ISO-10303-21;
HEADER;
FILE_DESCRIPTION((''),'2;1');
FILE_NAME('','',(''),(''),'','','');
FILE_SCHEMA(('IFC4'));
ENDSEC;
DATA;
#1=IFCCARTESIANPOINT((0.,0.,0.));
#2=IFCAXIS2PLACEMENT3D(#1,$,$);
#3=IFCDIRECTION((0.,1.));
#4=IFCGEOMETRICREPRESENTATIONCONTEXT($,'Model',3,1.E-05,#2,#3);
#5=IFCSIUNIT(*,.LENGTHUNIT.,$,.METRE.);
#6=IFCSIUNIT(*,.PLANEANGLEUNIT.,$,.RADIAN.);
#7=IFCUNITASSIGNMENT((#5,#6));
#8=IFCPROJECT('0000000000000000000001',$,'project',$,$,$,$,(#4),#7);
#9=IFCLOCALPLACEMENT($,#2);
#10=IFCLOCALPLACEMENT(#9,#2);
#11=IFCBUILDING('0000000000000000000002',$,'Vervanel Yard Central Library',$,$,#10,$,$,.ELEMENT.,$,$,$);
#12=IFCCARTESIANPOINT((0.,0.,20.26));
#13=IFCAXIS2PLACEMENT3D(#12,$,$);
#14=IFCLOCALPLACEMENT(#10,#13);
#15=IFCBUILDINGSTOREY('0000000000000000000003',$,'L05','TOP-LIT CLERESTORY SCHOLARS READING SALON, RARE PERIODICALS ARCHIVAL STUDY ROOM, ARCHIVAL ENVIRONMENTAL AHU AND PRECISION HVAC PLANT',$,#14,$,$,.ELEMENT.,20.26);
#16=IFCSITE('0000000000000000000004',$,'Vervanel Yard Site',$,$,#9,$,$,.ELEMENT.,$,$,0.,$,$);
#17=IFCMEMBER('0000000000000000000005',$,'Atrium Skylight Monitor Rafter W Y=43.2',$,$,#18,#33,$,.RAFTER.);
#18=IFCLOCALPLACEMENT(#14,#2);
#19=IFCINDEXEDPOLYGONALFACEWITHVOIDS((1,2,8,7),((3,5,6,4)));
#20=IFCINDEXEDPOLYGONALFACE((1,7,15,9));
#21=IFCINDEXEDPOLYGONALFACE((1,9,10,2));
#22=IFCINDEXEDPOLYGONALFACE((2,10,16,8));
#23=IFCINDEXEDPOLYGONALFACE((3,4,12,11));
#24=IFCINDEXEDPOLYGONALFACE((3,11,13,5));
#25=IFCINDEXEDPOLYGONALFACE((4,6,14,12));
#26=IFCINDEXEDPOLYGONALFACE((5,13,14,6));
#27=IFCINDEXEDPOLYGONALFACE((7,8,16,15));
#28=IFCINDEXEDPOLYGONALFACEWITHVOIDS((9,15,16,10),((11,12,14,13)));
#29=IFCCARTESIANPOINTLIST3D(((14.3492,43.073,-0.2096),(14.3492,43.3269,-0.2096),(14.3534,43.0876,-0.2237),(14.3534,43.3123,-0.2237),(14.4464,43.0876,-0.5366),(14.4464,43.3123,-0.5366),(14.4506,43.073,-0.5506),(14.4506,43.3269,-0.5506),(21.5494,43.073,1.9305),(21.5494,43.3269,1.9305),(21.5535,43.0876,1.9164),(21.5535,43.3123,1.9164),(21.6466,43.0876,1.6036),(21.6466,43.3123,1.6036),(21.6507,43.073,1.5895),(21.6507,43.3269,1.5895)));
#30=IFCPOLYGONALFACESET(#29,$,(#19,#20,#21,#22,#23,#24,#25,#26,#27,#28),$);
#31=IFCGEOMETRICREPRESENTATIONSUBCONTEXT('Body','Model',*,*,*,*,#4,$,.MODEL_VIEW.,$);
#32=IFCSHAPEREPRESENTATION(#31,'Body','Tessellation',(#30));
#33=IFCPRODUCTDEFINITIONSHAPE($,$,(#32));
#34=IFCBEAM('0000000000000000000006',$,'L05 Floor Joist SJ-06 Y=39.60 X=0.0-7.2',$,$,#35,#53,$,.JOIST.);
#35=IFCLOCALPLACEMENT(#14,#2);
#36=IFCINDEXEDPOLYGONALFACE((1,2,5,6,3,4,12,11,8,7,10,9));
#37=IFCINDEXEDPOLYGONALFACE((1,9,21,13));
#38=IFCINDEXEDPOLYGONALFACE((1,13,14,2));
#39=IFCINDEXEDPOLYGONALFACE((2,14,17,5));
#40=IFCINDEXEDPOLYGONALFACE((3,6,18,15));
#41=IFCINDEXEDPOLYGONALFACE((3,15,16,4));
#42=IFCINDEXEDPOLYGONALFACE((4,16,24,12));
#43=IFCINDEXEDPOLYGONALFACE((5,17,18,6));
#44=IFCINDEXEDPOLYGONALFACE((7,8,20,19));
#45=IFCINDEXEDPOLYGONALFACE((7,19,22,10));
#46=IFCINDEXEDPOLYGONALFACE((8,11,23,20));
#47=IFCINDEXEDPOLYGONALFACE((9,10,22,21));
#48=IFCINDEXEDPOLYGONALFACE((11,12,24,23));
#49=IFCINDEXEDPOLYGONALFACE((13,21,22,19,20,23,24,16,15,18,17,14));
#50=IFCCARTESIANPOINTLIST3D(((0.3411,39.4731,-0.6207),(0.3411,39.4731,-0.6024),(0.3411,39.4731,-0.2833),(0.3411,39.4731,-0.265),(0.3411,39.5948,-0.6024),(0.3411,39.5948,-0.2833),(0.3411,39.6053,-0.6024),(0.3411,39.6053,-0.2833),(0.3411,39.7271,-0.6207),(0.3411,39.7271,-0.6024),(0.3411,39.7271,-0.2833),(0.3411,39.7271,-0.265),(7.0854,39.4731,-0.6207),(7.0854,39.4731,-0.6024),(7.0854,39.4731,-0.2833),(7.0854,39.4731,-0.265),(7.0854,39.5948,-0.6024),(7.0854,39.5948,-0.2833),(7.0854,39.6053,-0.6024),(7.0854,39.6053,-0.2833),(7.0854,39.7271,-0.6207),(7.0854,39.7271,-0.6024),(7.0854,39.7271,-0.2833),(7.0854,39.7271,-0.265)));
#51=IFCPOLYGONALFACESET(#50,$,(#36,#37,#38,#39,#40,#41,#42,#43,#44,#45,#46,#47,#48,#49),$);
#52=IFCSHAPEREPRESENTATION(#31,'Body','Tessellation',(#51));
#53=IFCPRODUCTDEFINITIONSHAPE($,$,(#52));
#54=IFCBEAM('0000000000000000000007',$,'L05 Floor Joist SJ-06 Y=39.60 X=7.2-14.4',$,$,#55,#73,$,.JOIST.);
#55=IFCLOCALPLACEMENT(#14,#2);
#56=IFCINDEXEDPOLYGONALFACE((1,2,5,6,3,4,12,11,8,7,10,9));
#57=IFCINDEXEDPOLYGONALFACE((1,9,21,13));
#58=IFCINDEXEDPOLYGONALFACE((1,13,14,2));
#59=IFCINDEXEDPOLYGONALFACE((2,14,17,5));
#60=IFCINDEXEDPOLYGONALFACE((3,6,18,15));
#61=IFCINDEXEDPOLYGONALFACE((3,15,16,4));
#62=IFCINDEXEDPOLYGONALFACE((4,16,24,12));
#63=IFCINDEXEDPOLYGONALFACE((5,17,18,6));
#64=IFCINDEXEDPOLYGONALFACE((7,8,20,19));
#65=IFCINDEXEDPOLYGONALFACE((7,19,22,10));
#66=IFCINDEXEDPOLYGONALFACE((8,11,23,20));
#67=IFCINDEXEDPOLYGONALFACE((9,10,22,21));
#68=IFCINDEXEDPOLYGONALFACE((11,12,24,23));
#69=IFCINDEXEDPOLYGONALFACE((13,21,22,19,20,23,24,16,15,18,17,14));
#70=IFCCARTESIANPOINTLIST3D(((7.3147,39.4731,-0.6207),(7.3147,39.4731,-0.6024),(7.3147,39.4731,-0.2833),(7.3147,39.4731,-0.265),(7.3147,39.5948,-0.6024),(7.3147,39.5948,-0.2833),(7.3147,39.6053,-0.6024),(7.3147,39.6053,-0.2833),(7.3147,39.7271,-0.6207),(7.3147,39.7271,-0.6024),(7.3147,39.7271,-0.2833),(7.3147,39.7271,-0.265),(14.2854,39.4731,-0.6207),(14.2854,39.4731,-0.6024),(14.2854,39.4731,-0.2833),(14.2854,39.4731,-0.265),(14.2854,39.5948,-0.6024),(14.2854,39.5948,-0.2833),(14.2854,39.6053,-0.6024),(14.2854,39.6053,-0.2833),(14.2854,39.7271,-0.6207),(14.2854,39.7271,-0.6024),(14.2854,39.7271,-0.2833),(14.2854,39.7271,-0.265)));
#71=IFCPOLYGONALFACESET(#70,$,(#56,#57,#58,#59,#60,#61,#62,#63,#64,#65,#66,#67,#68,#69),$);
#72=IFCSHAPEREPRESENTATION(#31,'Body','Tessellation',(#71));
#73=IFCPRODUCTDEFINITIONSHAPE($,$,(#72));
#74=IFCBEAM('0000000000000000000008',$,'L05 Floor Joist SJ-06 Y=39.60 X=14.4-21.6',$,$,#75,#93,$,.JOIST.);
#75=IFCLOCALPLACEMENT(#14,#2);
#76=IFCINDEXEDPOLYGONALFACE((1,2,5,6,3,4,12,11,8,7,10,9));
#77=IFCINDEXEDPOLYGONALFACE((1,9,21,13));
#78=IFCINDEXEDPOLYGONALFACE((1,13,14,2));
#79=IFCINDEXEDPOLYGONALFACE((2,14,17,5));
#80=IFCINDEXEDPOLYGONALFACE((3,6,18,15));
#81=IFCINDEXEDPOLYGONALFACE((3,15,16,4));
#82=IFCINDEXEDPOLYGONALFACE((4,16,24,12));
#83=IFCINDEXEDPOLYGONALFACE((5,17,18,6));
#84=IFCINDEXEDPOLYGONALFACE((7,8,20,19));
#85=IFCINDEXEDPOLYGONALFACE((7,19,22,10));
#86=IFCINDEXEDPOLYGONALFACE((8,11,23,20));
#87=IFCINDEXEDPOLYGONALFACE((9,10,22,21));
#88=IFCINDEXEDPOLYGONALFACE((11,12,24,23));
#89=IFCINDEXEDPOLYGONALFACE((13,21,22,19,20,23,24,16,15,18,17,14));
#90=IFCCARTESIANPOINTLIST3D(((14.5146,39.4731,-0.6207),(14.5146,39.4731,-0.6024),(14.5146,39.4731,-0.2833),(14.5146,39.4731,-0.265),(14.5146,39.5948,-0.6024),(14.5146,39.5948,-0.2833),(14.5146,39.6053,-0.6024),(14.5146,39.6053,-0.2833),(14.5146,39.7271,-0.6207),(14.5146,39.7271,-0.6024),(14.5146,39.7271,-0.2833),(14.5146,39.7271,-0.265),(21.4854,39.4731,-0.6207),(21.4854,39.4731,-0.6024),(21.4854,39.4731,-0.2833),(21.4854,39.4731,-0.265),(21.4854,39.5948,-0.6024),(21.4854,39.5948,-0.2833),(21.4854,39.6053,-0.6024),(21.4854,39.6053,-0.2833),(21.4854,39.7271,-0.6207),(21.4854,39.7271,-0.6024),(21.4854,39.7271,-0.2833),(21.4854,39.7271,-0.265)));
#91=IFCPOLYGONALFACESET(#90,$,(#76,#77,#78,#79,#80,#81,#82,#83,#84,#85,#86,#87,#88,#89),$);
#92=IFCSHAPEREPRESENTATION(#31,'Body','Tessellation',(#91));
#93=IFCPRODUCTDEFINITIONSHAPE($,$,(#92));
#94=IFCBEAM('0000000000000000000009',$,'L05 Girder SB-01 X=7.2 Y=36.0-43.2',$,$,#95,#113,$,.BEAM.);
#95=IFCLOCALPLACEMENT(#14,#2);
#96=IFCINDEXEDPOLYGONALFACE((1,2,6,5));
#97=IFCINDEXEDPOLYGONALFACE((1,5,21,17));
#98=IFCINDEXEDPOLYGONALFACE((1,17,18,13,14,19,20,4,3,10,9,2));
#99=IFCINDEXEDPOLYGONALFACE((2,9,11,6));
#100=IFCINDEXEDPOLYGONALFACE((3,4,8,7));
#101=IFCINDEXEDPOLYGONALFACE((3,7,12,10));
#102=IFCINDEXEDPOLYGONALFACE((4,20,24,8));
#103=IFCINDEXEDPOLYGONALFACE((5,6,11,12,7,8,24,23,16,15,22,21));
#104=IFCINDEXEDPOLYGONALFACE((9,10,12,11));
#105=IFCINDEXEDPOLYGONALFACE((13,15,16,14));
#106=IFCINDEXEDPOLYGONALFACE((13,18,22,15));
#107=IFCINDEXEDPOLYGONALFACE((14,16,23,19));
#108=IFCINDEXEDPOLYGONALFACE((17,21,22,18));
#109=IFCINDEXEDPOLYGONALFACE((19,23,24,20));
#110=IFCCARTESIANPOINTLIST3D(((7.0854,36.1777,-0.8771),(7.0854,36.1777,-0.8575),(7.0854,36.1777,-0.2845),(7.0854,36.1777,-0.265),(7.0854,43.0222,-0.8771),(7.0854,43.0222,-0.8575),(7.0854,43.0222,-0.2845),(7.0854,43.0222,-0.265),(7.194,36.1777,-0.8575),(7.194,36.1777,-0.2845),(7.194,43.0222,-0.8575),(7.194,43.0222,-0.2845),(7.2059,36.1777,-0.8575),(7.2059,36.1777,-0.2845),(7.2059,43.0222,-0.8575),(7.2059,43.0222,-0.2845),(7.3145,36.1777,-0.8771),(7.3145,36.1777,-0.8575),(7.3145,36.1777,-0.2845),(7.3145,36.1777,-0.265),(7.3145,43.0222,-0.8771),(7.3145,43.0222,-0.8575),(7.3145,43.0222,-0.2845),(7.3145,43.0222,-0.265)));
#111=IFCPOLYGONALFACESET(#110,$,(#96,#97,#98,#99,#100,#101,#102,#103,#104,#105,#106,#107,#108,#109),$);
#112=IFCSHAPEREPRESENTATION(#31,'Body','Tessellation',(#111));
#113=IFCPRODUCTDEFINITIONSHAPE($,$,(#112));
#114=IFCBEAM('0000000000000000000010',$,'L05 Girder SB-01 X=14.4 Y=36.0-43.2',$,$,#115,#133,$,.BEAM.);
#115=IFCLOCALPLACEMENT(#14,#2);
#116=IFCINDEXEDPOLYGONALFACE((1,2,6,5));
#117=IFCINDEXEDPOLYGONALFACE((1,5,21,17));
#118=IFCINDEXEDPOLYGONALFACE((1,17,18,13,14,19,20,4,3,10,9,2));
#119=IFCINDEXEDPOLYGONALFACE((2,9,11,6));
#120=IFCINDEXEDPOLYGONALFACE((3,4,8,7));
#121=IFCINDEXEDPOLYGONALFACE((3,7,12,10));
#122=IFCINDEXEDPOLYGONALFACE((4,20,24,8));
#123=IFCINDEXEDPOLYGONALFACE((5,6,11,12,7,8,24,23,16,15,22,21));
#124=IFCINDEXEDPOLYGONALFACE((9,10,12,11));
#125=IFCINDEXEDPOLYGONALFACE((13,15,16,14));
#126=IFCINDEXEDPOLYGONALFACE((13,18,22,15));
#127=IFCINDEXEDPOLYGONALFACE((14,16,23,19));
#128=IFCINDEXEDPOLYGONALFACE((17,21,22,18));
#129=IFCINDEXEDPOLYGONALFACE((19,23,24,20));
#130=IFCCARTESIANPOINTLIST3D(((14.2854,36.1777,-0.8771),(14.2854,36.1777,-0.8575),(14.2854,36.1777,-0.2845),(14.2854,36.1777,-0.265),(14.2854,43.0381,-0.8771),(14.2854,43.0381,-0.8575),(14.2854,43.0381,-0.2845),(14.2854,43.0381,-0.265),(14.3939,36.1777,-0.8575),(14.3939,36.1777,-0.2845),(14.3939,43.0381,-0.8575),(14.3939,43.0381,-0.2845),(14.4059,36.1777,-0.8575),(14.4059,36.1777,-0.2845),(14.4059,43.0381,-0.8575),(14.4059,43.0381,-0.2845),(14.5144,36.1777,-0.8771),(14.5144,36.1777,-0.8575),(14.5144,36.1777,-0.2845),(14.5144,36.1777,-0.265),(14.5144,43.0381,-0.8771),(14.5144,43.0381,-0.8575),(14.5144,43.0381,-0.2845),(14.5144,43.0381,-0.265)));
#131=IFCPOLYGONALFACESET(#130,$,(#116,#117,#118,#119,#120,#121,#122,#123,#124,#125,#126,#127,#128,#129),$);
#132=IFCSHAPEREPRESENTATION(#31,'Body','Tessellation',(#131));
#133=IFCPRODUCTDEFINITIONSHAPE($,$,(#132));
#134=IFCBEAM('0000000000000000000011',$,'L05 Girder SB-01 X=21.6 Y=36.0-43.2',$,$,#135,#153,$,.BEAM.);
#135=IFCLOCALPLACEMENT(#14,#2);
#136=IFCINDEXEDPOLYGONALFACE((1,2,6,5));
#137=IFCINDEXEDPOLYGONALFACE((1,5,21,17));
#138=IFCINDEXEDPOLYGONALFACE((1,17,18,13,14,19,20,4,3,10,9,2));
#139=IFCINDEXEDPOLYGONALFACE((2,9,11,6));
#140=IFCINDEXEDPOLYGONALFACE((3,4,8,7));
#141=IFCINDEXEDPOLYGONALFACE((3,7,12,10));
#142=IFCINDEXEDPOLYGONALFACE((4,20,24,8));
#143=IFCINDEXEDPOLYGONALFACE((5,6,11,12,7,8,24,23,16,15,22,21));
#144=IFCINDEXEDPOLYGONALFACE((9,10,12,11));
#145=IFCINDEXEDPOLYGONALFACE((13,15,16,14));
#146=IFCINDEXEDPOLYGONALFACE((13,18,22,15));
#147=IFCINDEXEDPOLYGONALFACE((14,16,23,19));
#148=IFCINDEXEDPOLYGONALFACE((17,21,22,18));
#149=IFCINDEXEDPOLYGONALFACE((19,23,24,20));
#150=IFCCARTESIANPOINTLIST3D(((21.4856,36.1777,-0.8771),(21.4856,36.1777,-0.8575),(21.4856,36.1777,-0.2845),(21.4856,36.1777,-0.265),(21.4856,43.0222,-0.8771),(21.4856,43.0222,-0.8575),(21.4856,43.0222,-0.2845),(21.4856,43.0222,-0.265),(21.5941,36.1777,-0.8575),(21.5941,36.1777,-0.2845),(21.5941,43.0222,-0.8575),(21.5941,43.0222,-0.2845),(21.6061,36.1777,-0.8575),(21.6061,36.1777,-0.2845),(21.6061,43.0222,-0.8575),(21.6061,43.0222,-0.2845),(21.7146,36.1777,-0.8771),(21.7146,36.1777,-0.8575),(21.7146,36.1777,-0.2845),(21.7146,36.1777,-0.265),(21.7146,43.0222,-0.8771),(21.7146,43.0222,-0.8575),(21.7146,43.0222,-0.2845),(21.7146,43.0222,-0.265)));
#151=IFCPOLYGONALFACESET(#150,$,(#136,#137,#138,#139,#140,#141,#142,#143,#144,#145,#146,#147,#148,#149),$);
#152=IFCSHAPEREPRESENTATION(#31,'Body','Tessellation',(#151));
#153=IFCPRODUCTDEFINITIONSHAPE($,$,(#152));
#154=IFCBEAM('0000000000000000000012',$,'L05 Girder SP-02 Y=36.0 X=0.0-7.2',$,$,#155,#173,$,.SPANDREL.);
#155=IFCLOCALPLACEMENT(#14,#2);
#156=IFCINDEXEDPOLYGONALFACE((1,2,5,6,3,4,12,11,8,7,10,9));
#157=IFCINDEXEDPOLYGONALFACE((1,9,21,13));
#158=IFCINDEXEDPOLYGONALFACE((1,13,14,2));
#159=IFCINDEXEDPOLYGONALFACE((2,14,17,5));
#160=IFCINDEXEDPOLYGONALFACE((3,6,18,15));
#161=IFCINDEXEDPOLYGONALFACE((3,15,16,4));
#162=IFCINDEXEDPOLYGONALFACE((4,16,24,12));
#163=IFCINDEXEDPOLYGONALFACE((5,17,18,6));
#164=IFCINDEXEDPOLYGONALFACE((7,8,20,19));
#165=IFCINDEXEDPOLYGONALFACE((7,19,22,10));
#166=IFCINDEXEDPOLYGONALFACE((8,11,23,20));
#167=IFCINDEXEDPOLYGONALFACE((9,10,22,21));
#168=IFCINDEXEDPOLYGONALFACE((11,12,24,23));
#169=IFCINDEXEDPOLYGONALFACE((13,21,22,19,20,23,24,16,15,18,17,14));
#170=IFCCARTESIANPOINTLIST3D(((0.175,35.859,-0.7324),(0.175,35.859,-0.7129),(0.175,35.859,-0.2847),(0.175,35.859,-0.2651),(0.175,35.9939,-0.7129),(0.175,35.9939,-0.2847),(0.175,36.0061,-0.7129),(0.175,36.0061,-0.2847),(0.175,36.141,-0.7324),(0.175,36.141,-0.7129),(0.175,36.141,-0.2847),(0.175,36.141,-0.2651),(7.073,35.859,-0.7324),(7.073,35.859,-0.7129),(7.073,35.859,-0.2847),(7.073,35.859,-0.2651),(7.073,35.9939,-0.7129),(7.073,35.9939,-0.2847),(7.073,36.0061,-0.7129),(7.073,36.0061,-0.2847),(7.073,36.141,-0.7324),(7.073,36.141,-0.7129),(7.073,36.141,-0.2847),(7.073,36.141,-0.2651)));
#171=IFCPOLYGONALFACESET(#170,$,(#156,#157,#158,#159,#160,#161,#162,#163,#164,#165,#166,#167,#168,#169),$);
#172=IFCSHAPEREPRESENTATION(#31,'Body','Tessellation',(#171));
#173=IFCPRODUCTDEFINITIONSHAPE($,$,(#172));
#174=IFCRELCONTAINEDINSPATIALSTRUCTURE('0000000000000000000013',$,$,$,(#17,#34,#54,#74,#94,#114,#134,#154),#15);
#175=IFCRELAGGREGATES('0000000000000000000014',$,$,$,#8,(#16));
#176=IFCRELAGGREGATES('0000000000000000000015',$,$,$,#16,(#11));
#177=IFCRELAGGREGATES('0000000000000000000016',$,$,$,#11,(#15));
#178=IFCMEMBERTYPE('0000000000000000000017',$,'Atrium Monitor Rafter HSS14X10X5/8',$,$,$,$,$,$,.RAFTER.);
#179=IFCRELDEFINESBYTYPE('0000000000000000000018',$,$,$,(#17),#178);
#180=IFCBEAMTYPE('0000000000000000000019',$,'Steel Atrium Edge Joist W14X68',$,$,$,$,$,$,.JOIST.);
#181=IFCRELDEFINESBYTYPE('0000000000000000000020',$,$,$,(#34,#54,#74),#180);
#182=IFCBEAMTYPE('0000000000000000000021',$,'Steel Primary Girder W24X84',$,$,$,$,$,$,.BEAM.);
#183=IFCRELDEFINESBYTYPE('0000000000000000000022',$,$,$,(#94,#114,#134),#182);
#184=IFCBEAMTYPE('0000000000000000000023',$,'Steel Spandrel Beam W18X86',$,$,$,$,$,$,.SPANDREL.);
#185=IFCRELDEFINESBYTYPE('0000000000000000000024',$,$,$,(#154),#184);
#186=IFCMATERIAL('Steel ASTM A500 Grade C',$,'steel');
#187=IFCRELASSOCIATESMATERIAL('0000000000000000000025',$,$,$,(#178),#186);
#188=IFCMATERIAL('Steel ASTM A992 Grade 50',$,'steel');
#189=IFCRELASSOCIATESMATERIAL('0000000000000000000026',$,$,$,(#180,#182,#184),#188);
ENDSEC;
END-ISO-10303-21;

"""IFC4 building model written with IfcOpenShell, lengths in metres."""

from ifc_helpers import new_model, si_unit, direction, frame, origin, origin_2d, place, context, subcontext, project, spatial, hollow_rectangle, i_section, extrude, material, material_profile, profile_set, type_object, element, save


model = new_model("IFC4")

# Units and contexts
model_context = context("Model", 3, precision=1e-05, world=origin(), true_north=direction((0.0, 1.0)))
body_context = subcontext(model_context, "Body", "Model", "MODEL_VIEW")
ifc_project = project(units=[si_unit("LENGTHUNIT", "METRE"), si_unit("PLANEANGLEUNIT", "RADIAN")], contexts=[model_context])

# Site, building, storey
site_placement = place(None, origin())
site = spatial("IfcSite", under=ifc_project, at=site_placement, Name="Vervanel Yard Site", CompositionType="ELEMENT", RefElevation=0.0)
building_placement = place(site_placement, origin())
building = spatial("IfcBuilding", under=site, at=building_placement, Name="Vervanel Yard Central Library", CompositionType="ELEMENT")
storey_placement = place(building_placement, frame((0.0, 0.0, 20.26)))
storey = spatial("IfcBuildingStorey", under=building, at=storey_placement, Name="L05", Description="TOP-LIT CLERESTORY SCHOLARS READING SALON, RARE PERIODICALS ARCHIVAL STUDY ROOM, ARCHIVAL ENVIRONMENTAL AHU AND PRECISION HVAC PLANT", CompositionType="ELEMENT", Elevation=20.26)

# Member
ifc_material_1 = material(Name="Steel ASTM A500 Grade C", Category="steel")
ifc_material_profile_1 = material_profile(ifc_material_1, hollow_rectangle(XDim=0.2539, YDim=0.3557, WallThickness=0.0146, at=origin_2d()), Name="HSS14X10X5/8", Category="steel")
ifc_profile_set_1 = profile_set([ifc_material_profile_1], Name="Steel ASTM A500 Grade C")
member_type = type_object("IfcMemberType", Name="Atrium Monitor Rafter HSS14X10X5/8", PredefinedType="RAFTER", material=ifc_profile_set_1)
member_placement = place(storey_placement, frame((14.3999, 43.2, -0.3801), z_axis=(0.958553, 0.0, 0.284914), x_axis=(0.0, 1.0, 0.0)))
element("IfcMember", 1, at=member_placement, inside=storey, type_object=member_type, Name="Atrium Skylight Monitor Rafter W Y=43.2", PredefinedType="RAFTER", context=body_context, shape_type="SweptSolid", body=[
    extrude(hollow_rectangle(XDim=0.2539, YDim=0.3557, WallThickness=0.0146, at=origin_2d()), origin(), (0.0, 0.0, 1.0), 7.5115),
])

# Beams
ifc_material_2 = material(Name="Steel ASTM A992 Grade 50", Category="steel")
ifc_material_profile_2 = material_profile(ifc_material_2, i_section(OverallWidth=0.2539, OverallDepth=0.3557, WebThickness=0.0105, FlangeThickness=0.0183, at=origin_2d()), Name="W14X68", Category="steel")
ifc_profile_set_2 = profile_set([ifc_material_profile_2], Name="Steel ASTM A992 Grade 50")
beam_type_1 = type_object("IfcBeamType", Name="Steel Atrium Edge Joist W14X68", PredefinedType="JOIST", material=ifc_profile_set_2)
beam_1_placement = place(storey_placement, frame((0.3411, 39.6001, -0.4429), z_axis=(1.0, 0.0, 0.0), x_axis=(0.0, 1.0, 0.0)))
element("IfcBeam", 2, at=beam_1_placement, inside=storey, type_object=beam_type_1, Name="L05 Floor Joist SJ-06 Y=39.60 X=0.0-7.2", PredefinedType="JOIST", context=body_context, shape_type="SweptSolid", body=[
    extrude(i_section(OverallWidth=0.2539, OverallDepth=0.3557, WebThickness=0.0105, FlangeThickness=0.0183, at=origin_2d()), origin(), (0.0, 0.0, 1.0), 6.7444),
])
for number, where, z_axis, x_axis, name in (
    (3, (7.3147, 39.6001, -0.4429), (1.0, 0.0, 0.0), (0.0, 1.0, 0.0), "L05 Floor Joist SJ-06 Y=39.60 X=7.2-14.4"),
    (4, (14.5146, 39.6001, -0.4429), (1.0, 0.0, 0.0), (0.0, 1.0, 0.0), "L05 Floor Joist SJ-06 Y=39.60 X=14.4-21.6"),
):
    element("IfcBeam", number, at=place(storey_placement, frame(where, z_axis=z_axis, x_axis=x_axis)), inside=storey, type_object=beam_type_1, Name=name, PredefinedType="JOIST", context=body_context, shape_type="SweptSolid", body=[
        extrude(i_section(OverallWidth=0.2539, OverallDepth=0.3557, WebThickness=0.0105, FlangeThickness=0.0183, at=origin_2d()), origin(), (0.0, 0.0, 1.0), 6.9707),
    ])
ifc_material_profile_3 = material_profile(ifc_material_2, i_section(OverallWidth=0.229, OverallDepth=0.6121, WebThickness=0.012, FlangeThickness=0.0195, at=origin_2d()), Name="W24X84", Category="steel")
ifc_profile_set_3 = profile_set([ifc_material_profile_3], Name="Steel ASTM A992 Grade 50")
beam_type_2 = type_object("IfcBeamType", Name="Steel Primary Girder W24X84", PredefinedType="BEAM", material=ifc_profile_set_3)
beam_2_placement = place(storey_placement, frame((7.2, 36.1777, -0.571), z_axis=(0.0, 1.0, 0.0), x_axis=(-1.0, 0.0, 0.0)))
element("IfcBeam", 5, at=beam_2_placement, inside=storey, type_object=beam_type_2, Name="L05 Girder SB-01 X=7.2 Y=36.0-43.2", PredefinedType="BEAM", context=body_context, shape_type="SweptSolid", body=[
    extrude(i_section(OverallWidth=0.229, OverallDepth=0.6121, WebThickness=0.012, FlangeThickness=0.0195, at=origin_2d()), origin(), (0.0, 0.0, 1.0), 6.8445),
])
beam_3_placement = place(storey_placement, frame((14.3999, 36.1777, -0.571), z_axis=(0.0, 1.0, 0.0), x_axis=(-1.0, 0.0, 0.0)))
element("IfcBeam", 6, at=beam_3_placement, inside=storey, type_object=beam_type_2, Name="L05 Girder SB-01 X=14.4 Y=36.0-43.2", PredefinedType="BEAM", context=body_context, shape_type="SweptSolid", body=[
    extrude(i_section(OverallWidth=0.229, OverallDepth=0.6121, WebThickness=0.012, FlangeThickness=0.0195, at=origin_2d()), origin(), (0.0, 0.0, 1.0), 6.8604),
])
beam_4_placement = place(storey_placement, frame((21.6001, 36.1777, -0.571), z_axis=(0.0, 1.0, 0.0), x_axis=(-1.0, 0.0, 0.0)))
element("IfcBeam", 7, at=beam_4_placement, inside=storey, type_object=beam_type_2, Name="L05 Girder SB-01 X=21.6 Y=36.0-43.2", PredefinedType="BEAM", context=body_context, shape_type="SweptSolid", body=[
    extrude(i_section(OverallWidth=0.229, OverallDepth=0.6121, WebThickness=0.012, FlangeThickness=0.0195, at=origin_2d()), origin(), (0.0, 0.0, 1.0), 6.8445),
])
ifc_material_profile_4 = material_profile(ifc_material_2, i_section(OverallWidth=0.282, OverallDepth=0.4673, WebThickness=0.0122, FlangeThickness=0.0195, at=origin_2d()), Name="W18X86", Category="steel")
ifc_profile_set_4 = profile_set([ifc_material_profile_4], Name="Steel ASTM A992 Grade 50")
beam_type_3 = type_object("IfcBeamType", Name="Steel Spandrel Beam W18X86", PredefinedType="SPANDREL", material=ifc_profile_set_4)
beam_5_placement = place(storey_placement, frame((0.175, 36.0, -0.4988), z_axis=(1.0, 0.0, 0.0), x_axis=(0.0, 1.0, 0.0)))
element("IfcBeam", 8, at=beam_5_placement, inside=storey, type_object=beam_type_3, Name="L05 Girder SP-02 Y=36.0 X=0.0-7.2", PredefinedType="SPANDREL", context=body_context, shape_type="SweptSolid", body=[
    extrude(i_section(OverallWidth=0.282, OverallDepth=0.4673, WebThickness=0.0122, FlangeThickness=0.0195, at=origin_2d()), origin(), (0.0, 0.0, 1.0), 6.8979),
])

save(model, "model.ifc")
